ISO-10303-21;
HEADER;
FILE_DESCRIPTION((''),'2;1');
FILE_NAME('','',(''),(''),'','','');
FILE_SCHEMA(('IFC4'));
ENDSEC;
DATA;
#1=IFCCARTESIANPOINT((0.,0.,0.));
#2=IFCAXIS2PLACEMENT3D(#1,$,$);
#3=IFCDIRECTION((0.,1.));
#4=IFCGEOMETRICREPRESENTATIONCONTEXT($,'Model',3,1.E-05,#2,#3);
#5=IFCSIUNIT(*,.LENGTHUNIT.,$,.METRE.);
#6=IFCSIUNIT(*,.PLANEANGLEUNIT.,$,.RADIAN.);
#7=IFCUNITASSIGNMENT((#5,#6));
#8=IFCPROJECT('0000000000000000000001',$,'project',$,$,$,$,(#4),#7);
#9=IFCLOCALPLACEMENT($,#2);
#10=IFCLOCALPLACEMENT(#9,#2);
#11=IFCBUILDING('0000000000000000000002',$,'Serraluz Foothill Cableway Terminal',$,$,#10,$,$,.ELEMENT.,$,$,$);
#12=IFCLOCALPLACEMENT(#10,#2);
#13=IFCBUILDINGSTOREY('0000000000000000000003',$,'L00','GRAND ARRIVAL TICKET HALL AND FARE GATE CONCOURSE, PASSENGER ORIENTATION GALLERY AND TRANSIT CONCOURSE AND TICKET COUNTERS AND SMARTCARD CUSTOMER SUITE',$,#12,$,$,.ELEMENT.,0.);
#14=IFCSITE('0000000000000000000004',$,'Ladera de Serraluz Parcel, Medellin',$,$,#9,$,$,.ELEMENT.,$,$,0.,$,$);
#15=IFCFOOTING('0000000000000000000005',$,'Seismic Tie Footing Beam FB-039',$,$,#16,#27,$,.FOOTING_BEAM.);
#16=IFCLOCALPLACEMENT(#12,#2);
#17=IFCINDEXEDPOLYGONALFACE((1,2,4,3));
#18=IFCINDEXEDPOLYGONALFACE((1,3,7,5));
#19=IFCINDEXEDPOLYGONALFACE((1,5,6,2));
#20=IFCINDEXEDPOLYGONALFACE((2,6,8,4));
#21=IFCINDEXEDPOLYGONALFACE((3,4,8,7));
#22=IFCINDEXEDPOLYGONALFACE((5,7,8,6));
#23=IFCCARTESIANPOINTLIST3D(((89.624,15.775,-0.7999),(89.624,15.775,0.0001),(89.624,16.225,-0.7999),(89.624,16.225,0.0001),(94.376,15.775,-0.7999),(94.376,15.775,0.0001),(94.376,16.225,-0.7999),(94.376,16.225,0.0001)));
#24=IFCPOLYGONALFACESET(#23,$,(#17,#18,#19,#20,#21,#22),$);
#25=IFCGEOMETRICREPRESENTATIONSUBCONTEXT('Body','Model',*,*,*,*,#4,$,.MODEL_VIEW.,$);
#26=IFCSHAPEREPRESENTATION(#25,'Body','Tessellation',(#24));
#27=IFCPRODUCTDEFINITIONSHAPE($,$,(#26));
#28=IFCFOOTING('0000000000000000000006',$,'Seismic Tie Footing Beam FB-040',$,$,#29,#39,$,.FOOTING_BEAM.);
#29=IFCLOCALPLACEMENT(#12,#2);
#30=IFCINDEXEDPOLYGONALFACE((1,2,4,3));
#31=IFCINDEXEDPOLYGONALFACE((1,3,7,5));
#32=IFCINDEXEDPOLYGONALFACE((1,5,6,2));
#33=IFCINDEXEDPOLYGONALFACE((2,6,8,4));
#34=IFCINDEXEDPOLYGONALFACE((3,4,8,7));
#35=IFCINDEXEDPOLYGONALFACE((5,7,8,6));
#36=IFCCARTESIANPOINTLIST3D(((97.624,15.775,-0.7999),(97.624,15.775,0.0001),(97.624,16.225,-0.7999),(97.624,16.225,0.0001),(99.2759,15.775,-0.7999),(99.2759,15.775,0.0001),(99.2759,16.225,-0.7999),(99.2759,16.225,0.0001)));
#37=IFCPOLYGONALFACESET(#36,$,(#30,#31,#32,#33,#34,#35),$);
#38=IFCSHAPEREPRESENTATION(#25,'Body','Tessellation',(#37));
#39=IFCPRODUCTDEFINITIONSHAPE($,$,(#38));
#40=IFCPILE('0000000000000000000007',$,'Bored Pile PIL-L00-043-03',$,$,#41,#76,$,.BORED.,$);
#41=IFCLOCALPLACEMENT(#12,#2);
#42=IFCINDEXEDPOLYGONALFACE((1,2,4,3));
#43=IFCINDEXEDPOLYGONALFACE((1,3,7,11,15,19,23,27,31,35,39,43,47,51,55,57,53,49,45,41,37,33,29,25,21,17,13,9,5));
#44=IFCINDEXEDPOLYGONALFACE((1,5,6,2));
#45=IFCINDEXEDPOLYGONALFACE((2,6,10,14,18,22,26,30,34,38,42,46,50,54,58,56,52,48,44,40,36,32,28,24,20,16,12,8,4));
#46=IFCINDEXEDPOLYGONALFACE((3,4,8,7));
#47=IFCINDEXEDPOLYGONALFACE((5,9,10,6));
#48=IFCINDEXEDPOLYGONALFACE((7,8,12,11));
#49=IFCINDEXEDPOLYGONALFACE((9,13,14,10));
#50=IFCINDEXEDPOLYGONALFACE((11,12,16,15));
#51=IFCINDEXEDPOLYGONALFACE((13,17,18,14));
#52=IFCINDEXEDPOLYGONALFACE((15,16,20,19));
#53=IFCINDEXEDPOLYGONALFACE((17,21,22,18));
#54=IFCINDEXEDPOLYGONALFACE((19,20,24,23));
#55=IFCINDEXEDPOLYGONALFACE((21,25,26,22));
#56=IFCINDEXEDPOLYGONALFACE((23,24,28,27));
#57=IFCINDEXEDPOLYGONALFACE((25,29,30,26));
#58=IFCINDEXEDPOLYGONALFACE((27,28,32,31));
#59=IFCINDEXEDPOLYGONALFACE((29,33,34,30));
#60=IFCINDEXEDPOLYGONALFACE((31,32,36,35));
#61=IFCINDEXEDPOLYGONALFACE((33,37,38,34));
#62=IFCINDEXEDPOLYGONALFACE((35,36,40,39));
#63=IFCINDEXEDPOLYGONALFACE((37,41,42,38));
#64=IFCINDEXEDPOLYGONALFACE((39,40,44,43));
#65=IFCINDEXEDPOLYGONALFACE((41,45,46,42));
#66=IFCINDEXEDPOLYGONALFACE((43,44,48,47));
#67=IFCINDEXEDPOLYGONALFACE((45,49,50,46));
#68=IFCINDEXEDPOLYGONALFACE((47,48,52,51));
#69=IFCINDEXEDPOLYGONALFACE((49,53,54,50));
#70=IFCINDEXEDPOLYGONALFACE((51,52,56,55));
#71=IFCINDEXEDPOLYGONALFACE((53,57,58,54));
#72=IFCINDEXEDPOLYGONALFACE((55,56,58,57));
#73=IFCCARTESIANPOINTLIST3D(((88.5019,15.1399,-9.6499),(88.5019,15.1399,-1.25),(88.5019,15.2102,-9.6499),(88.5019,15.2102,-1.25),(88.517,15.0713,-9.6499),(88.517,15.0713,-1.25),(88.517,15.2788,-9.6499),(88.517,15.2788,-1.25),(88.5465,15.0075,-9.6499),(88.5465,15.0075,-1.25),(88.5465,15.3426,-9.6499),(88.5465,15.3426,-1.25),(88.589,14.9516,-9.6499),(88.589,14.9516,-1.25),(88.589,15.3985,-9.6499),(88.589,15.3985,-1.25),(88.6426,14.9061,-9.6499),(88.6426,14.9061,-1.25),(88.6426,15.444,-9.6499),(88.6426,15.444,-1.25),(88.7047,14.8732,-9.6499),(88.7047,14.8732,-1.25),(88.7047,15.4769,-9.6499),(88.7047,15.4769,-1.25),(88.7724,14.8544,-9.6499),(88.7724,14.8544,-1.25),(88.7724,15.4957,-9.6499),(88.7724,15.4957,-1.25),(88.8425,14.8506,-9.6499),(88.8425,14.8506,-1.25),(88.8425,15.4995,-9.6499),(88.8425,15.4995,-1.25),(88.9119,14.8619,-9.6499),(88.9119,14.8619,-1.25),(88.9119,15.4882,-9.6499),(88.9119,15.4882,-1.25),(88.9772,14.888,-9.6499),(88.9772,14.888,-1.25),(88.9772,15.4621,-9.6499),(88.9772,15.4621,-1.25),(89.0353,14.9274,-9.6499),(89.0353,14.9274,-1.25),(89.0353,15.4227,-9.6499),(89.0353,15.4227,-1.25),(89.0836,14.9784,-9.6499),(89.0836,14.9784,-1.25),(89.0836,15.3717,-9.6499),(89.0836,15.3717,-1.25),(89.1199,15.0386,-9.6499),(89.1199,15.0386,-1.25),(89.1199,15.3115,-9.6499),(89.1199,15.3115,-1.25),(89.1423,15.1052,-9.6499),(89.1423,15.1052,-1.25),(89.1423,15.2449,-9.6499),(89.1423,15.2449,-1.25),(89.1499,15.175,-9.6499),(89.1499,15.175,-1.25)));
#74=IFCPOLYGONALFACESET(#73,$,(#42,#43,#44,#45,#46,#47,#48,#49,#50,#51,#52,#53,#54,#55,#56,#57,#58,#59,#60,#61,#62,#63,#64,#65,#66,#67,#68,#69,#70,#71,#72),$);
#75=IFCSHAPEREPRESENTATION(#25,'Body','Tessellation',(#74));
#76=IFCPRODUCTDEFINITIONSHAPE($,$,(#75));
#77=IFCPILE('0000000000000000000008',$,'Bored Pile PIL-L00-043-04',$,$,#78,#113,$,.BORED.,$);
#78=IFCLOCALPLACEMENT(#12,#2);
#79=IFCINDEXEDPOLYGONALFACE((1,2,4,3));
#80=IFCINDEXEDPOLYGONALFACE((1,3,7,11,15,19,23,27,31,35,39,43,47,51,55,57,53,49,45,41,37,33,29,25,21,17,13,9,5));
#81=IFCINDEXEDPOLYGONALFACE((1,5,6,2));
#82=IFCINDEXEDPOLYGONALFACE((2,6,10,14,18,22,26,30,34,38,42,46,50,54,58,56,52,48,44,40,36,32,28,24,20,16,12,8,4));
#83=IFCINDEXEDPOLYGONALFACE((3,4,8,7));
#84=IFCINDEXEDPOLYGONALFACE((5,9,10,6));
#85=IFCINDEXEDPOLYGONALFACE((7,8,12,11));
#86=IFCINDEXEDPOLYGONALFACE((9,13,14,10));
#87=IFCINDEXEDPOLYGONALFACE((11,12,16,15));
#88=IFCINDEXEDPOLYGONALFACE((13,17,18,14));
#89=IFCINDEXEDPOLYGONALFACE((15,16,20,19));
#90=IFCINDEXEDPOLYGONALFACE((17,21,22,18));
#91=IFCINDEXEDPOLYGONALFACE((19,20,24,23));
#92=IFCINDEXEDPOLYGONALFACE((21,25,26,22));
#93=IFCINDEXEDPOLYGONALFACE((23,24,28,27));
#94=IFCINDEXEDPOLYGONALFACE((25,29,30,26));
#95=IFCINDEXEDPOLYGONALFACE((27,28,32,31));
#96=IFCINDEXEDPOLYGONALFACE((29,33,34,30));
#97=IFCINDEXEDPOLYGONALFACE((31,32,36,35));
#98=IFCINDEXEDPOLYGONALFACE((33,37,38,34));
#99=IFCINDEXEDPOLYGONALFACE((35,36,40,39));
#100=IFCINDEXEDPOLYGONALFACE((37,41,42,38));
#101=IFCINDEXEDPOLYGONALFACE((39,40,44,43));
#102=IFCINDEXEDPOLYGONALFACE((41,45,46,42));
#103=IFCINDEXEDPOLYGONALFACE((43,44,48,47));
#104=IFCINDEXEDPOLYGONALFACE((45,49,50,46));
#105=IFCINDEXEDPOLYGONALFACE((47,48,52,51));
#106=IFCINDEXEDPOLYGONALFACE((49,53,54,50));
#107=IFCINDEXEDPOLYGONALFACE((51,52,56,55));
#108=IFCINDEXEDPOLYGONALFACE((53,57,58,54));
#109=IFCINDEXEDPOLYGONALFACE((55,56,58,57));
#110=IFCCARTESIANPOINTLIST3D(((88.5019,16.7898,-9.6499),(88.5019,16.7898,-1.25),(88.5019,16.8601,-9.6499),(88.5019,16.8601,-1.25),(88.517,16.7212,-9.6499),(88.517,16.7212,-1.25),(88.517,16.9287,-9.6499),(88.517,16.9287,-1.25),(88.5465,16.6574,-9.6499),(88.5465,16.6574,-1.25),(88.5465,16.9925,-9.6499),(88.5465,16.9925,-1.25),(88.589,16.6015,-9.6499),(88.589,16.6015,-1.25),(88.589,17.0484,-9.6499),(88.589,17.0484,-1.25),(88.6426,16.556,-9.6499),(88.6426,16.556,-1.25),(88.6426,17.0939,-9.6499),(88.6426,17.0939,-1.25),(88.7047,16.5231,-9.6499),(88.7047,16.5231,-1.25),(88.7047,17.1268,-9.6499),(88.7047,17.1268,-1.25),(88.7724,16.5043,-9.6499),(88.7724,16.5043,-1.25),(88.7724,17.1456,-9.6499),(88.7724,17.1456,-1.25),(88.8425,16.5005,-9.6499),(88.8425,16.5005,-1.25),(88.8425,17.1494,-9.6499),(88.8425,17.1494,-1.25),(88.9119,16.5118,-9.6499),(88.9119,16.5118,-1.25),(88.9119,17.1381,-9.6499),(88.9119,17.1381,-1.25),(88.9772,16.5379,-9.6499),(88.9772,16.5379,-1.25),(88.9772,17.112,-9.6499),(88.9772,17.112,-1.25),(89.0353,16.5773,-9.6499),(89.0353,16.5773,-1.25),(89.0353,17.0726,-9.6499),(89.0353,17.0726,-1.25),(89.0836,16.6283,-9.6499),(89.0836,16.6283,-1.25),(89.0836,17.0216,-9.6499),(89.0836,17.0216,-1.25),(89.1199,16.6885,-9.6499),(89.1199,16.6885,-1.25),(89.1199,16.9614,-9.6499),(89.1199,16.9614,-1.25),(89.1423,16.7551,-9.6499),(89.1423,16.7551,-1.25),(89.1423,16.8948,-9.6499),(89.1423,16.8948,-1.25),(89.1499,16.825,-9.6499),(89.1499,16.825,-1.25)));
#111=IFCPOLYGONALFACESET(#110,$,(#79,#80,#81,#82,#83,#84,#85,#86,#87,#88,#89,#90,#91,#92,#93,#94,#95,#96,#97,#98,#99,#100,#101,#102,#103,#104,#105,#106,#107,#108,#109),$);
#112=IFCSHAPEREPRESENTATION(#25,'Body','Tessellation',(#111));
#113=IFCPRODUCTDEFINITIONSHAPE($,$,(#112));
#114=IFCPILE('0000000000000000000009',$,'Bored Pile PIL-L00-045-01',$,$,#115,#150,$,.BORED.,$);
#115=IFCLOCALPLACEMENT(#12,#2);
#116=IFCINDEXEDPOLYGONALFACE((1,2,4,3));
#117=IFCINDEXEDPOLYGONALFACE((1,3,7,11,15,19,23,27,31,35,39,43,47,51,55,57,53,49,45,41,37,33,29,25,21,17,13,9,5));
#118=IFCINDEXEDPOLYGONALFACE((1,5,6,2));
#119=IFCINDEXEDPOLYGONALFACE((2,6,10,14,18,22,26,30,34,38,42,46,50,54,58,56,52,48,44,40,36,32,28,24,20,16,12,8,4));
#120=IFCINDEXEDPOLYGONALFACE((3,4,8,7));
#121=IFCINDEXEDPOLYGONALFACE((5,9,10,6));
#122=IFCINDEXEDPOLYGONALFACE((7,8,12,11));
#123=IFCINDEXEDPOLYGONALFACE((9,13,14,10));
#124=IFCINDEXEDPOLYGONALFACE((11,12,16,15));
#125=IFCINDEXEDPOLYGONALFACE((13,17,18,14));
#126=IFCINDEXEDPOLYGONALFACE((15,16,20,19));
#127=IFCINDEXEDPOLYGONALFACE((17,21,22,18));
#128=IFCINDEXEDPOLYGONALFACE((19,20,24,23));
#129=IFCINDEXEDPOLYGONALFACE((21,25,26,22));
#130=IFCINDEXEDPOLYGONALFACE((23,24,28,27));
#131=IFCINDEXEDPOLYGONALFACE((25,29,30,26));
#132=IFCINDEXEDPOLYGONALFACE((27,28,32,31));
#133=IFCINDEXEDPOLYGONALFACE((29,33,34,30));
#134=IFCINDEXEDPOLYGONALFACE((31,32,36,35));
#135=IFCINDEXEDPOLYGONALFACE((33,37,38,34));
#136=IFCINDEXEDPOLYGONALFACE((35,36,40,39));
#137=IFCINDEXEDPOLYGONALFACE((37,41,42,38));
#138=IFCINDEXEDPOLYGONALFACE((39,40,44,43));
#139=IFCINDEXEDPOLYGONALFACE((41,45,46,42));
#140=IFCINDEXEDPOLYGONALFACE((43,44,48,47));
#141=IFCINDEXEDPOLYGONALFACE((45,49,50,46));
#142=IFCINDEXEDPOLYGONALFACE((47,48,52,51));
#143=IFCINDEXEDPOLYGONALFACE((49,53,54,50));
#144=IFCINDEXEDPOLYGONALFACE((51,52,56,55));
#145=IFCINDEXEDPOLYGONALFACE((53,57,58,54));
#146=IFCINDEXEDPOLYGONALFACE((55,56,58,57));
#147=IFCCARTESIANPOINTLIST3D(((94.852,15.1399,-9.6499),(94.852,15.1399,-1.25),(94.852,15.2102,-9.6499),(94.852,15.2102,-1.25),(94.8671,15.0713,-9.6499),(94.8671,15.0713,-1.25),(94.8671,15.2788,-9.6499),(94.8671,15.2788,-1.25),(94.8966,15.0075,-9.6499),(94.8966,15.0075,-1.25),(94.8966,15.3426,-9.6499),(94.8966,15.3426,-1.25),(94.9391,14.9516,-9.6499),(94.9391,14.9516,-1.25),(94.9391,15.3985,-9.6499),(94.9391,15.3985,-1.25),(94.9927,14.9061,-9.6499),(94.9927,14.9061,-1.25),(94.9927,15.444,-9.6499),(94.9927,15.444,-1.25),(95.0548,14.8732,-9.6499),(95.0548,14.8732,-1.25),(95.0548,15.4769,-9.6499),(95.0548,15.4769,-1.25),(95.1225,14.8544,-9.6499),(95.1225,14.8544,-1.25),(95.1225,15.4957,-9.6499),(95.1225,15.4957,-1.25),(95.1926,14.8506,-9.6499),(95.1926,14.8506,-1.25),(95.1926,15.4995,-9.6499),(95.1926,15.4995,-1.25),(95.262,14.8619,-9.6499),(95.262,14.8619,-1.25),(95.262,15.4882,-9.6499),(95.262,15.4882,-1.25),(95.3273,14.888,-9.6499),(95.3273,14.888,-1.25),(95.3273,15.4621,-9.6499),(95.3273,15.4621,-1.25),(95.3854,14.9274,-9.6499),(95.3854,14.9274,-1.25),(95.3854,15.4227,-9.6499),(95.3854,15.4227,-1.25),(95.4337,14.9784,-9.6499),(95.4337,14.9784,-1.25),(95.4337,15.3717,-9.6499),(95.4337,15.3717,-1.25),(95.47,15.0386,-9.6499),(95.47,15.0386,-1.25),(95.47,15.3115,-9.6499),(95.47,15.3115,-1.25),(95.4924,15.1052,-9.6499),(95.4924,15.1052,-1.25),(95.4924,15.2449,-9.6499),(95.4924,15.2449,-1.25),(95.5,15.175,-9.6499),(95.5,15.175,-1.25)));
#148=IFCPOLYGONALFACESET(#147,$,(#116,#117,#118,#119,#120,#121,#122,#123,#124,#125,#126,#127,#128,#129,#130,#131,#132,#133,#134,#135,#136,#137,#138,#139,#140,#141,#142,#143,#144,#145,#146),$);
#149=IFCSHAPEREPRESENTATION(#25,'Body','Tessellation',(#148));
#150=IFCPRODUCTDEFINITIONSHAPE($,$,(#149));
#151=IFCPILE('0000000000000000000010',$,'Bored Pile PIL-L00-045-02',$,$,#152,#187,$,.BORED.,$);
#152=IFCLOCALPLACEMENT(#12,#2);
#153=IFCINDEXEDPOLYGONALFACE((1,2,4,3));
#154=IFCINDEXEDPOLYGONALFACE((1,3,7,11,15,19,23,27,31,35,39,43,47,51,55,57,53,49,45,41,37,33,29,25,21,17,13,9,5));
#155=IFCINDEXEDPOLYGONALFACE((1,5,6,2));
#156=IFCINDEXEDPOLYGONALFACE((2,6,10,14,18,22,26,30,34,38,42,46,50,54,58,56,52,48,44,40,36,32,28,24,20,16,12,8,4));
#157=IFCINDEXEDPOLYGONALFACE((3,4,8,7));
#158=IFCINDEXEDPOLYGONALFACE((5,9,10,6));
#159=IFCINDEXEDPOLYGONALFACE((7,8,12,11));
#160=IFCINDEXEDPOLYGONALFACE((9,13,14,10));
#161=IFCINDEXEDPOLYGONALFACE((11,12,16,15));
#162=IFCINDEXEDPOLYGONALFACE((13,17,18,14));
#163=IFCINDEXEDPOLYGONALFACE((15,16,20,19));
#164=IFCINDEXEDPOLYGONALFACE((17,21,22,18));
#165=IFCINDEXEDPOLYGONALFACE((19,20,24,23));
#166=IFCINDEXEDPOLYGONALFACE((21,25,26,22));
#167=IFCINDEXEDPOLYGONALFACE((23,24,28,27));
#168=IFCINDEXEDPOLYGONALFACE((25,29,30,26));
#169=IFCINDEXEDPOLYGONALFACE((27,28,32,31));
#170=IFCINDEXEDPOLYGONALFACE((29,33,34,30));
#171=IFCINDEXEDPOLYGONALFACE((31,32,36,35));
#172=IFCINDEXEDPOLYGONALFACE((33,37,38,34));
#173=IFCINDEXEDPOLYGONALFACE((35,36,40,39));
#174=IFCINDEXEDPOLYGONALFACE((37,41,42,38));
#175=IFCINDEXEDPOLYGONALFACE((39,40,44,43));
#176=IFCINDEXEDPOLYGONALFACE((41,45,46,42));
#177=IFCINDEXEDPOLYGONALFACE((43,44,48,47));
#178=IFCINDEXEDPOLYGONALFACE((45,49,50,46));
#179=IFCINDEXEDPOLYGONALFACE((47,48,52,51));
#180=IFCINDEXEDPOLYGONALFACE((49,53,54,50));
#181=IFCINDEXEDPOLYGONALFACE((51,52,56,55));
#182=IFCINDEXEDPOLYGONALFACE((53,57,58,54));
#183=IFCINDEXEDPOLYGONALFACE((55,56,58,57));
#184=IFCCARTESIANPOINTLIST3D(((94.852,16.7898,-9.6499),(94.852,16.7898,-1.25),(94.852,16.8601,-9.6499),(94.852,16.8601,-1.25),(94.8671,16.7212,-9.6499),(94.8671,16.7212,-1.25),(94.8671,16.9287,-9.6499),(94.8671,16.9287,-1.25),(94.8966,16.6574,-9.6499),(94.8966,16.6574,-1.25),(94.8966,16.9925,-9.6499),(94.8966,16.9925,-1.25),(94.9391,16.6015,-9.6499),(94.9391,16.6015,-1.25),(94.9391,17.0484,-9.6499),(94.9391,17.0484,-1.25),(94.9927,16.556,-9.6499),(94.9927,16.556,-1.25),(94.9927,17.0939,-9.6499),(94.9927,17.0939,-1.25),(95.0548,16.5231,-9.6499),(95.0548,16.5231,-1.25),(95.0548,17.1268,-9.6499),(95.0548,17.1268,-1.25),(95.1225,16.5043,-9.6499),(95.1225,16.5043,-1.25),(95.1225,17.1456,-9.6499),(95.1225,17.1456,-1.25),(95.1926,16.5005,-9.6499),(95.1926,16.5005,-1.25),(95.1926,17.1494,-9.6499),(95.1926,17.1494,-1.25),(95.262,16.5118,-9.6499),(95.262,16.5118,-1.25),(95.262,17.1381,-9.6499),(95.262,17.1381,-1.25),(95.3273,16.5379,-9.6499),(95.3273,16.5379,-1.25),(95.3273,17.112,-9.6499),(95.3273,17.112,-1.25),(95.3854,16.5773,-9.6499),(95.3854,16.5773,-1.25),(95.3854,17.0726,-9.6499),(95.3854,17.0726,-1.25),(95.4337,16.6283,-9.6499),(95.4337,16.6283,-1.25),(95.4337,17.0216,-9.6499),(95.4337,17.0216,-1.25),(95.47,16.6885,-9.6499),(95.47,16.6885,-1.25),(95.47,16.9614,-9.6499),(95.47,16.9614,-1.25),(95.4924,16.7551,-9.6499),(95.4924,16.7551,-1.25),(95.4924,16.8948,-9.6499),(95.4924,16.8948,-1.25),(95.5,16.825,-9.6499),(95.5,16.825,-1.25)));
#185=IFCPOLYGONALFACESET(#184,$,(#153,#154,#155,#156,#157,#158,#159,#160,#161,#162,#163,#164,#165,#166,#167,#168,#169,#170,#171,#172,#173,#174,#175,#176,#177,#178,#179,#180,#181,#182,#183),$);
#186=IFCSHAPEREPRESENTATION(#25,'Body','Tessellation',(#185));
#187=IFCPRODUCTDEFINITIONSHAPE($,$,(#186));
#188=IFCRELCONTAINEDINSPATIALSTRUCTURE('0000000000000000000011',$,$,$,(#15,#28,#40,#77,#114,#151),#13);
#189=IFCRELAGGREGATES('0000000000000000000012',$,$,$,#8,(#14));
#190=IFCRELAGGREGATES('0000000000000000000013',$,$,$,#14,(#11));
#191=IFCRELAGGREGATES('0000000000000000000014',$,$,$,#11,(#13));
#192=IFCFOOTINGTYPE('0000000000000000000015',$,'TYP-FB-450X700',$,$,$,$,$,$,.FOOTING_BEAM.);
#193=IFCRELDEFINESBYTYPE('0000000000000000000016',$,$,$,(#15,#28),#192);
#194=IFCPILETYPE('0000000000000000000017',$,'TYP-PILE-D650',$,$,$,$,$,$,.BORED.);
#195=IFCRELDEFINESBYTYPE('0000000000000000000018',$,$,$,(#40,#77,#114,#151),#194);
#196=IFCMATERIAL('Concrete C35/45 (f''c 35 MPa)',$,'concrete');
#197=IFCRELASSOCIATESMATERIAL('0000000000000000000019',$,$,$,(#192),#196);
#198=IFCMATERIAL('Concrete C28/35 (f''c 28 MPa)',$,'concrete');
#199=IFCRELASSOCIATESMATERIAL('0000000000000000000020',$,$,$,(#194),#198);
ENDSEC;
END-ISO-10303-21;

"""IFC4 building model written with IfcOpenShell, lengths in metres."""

from ifc_helpers import new_model, si_unit, direction, frame, origin, origin_2d, place, context, subcontext, project, spatial, rectangle, circle, extrude, material, material_profile, profile_set, type_object, element, save


model = new_model("IFC4")

# Units and contexts
model_context = context("Model", 3, precision=1e-05, world=origin(), true_north=direction((0.0, 1.0)))
body_context = subcontext(model_context, "Body", "Model", "MODEL_VIEW")
ifc_project = project(units=[si_unit("LENGTHUNIT", "METRE"), si_unit("PLANEANGLEUNIT", "RADIAN")], contexts=[model_context])

# Site, building, storey
site_placement = place(None, origin())
site = spatial("IfcSite", under=ifc_project, at=site_placement, Name="Ladera de Serraluz Parcel, Medellin", CompositionType="ELEMENT", RefElevation=0.0)
building_placement = place(site_placement, origin())
building = spatial("IfcBuilding", under=site, at=building_placement, Name="Serraluz Foothill Cableway Terminal", CompositionType="ELEMENT")
storey_placement = place(building_placement, origin())
storey = spatial("IfcBuildingStorey", under=building, at=storey_placement, Name="L00", Description="GRAND ARRIVAL TICKET HALL AND FARE GATE CONCOURSE, PASSENGER ORIENTATION GALLERY AND TRANSIT CONCOURSE AND TICKET COUNTERS AND SMARTCARD CUSTOMER SUITE", CompositionType="ELEMENT", Elevation=0.0)

# Footings
ifc_material_1 = material(Name="Concrete C35/45 (f'c 35 MPa)", Category="concrete")
ifc_material_profile_1 = material_profile(ifc_material_1, rectangle(XDim=0.45, YDim=0.8, at=origin_2d()), Name="RC 450x800")
ifc_profile_set_1 = profile_set([ifc_material_profile_1], Name="Concrete C35/45 (f'c 35 MPa)")
footing_type_1 = type_object("IfcFootingType", Name="TYP-FB-450X700", PredefinedType="FOOTING_BEAM", material=ifc_profile_set_1)
footing_1_placement = place(storey_placement, frame((89.624, 16.0, -0.3999), z_axis=(1.0, 0.0, 0.0), x_axis=(0.0, 1.0, 0.0)))
element("IfcFooting", 1, at=footing_1_placement, inside=storey, type_object=footing_type_1, Name="Seismic Tie Footing Beam FB-039", PredefinedType="FOOTING_BEAM", context=body_context, shape_type="SweptSolid", body=[
    extrude(rectangle(XDim=0.45, YDim=0.8, at=origin_2d()), origin(), (0.0, 0.0, 1.0), 4.752),
])
footing_2_placement = place(storey_placement, frame((97.624, 16.0, -0.3999), z_axis=(1.0, 0.0, 0.0), x_axis=(0.0, 1.0, 0.0)))
element("IfcFooting", 2, at=footing_2_placement, inside=storey, type_object=footing_type_1, Name="Seismic Tie Footing Beam FB-040", PredefinedType="FOOTING_BEAM", context=body_context, shape_type="SweptSolid", body=[
    extrude(rectangle(XDim=0.45, YDim=0.8, at=origin_2d()), origin(), (0.0, 0.0, 1.0), 1.6519),
])

# Piles
ifc_material_2 = material(Name="Concrete C28/35 (f'c 28 MPa)", Category="concrete")
ifc_material_profile_2 = material_profile(ifc_material_2, circle(Radius=0.325, at=origin_2d()), Name="BORED PILE D650")
ifc_profile_set_2 = profile_set([ifc_material_profile_2], Name="Concrete C28/35 (f'c 28 MPa)")
pile_type = type_object("IfcPileType", Name="TYP-PILE-D650", PredefinedType="BORED", material=ifc_profile_set_2)
for number, where, z_axis, x_axis, name in (
    (3, (88.825, 15.175, -1.25), (0.0, 0.0, -1.0), (1.0, 0.0, 0.0), "Bored Pile PIL-L00-043-03"),
    (4, (88.825, 16.825, -1.25), (0.0, 0.0, -1.0), (1.0, 0.0, 0.0), "Bored Pile PIL-L00-043-04"),
    (5, (95.175, 15.175, -1.25), (0.0, 0.0, -1.0), (1.0, 0.0, 0.0), "Bored Pile PIL-L00-045-01"),
    (6, (95.175, 16.825, -1.25), (0.0, 0.0, -1.0), (1.0, 0.0, 0.0), "Bored Pile PIL-L00-045-02"),
):
    element("IfcPile", number, at=place(storey_placement, frame(where, z_axis=z_axis, x_axis=x_axis)), inside=storey, type_object=pile_type, Name=name, PredefinedType="BORED", context=body_context, shape_type="SweptSolid", body=[
        extrude(circle(Radius=0.325, at=origin_2d()), origin(), (0.0, 0.0, 1.0), 8.3999),
    ])

save(model, "model.ifc")
